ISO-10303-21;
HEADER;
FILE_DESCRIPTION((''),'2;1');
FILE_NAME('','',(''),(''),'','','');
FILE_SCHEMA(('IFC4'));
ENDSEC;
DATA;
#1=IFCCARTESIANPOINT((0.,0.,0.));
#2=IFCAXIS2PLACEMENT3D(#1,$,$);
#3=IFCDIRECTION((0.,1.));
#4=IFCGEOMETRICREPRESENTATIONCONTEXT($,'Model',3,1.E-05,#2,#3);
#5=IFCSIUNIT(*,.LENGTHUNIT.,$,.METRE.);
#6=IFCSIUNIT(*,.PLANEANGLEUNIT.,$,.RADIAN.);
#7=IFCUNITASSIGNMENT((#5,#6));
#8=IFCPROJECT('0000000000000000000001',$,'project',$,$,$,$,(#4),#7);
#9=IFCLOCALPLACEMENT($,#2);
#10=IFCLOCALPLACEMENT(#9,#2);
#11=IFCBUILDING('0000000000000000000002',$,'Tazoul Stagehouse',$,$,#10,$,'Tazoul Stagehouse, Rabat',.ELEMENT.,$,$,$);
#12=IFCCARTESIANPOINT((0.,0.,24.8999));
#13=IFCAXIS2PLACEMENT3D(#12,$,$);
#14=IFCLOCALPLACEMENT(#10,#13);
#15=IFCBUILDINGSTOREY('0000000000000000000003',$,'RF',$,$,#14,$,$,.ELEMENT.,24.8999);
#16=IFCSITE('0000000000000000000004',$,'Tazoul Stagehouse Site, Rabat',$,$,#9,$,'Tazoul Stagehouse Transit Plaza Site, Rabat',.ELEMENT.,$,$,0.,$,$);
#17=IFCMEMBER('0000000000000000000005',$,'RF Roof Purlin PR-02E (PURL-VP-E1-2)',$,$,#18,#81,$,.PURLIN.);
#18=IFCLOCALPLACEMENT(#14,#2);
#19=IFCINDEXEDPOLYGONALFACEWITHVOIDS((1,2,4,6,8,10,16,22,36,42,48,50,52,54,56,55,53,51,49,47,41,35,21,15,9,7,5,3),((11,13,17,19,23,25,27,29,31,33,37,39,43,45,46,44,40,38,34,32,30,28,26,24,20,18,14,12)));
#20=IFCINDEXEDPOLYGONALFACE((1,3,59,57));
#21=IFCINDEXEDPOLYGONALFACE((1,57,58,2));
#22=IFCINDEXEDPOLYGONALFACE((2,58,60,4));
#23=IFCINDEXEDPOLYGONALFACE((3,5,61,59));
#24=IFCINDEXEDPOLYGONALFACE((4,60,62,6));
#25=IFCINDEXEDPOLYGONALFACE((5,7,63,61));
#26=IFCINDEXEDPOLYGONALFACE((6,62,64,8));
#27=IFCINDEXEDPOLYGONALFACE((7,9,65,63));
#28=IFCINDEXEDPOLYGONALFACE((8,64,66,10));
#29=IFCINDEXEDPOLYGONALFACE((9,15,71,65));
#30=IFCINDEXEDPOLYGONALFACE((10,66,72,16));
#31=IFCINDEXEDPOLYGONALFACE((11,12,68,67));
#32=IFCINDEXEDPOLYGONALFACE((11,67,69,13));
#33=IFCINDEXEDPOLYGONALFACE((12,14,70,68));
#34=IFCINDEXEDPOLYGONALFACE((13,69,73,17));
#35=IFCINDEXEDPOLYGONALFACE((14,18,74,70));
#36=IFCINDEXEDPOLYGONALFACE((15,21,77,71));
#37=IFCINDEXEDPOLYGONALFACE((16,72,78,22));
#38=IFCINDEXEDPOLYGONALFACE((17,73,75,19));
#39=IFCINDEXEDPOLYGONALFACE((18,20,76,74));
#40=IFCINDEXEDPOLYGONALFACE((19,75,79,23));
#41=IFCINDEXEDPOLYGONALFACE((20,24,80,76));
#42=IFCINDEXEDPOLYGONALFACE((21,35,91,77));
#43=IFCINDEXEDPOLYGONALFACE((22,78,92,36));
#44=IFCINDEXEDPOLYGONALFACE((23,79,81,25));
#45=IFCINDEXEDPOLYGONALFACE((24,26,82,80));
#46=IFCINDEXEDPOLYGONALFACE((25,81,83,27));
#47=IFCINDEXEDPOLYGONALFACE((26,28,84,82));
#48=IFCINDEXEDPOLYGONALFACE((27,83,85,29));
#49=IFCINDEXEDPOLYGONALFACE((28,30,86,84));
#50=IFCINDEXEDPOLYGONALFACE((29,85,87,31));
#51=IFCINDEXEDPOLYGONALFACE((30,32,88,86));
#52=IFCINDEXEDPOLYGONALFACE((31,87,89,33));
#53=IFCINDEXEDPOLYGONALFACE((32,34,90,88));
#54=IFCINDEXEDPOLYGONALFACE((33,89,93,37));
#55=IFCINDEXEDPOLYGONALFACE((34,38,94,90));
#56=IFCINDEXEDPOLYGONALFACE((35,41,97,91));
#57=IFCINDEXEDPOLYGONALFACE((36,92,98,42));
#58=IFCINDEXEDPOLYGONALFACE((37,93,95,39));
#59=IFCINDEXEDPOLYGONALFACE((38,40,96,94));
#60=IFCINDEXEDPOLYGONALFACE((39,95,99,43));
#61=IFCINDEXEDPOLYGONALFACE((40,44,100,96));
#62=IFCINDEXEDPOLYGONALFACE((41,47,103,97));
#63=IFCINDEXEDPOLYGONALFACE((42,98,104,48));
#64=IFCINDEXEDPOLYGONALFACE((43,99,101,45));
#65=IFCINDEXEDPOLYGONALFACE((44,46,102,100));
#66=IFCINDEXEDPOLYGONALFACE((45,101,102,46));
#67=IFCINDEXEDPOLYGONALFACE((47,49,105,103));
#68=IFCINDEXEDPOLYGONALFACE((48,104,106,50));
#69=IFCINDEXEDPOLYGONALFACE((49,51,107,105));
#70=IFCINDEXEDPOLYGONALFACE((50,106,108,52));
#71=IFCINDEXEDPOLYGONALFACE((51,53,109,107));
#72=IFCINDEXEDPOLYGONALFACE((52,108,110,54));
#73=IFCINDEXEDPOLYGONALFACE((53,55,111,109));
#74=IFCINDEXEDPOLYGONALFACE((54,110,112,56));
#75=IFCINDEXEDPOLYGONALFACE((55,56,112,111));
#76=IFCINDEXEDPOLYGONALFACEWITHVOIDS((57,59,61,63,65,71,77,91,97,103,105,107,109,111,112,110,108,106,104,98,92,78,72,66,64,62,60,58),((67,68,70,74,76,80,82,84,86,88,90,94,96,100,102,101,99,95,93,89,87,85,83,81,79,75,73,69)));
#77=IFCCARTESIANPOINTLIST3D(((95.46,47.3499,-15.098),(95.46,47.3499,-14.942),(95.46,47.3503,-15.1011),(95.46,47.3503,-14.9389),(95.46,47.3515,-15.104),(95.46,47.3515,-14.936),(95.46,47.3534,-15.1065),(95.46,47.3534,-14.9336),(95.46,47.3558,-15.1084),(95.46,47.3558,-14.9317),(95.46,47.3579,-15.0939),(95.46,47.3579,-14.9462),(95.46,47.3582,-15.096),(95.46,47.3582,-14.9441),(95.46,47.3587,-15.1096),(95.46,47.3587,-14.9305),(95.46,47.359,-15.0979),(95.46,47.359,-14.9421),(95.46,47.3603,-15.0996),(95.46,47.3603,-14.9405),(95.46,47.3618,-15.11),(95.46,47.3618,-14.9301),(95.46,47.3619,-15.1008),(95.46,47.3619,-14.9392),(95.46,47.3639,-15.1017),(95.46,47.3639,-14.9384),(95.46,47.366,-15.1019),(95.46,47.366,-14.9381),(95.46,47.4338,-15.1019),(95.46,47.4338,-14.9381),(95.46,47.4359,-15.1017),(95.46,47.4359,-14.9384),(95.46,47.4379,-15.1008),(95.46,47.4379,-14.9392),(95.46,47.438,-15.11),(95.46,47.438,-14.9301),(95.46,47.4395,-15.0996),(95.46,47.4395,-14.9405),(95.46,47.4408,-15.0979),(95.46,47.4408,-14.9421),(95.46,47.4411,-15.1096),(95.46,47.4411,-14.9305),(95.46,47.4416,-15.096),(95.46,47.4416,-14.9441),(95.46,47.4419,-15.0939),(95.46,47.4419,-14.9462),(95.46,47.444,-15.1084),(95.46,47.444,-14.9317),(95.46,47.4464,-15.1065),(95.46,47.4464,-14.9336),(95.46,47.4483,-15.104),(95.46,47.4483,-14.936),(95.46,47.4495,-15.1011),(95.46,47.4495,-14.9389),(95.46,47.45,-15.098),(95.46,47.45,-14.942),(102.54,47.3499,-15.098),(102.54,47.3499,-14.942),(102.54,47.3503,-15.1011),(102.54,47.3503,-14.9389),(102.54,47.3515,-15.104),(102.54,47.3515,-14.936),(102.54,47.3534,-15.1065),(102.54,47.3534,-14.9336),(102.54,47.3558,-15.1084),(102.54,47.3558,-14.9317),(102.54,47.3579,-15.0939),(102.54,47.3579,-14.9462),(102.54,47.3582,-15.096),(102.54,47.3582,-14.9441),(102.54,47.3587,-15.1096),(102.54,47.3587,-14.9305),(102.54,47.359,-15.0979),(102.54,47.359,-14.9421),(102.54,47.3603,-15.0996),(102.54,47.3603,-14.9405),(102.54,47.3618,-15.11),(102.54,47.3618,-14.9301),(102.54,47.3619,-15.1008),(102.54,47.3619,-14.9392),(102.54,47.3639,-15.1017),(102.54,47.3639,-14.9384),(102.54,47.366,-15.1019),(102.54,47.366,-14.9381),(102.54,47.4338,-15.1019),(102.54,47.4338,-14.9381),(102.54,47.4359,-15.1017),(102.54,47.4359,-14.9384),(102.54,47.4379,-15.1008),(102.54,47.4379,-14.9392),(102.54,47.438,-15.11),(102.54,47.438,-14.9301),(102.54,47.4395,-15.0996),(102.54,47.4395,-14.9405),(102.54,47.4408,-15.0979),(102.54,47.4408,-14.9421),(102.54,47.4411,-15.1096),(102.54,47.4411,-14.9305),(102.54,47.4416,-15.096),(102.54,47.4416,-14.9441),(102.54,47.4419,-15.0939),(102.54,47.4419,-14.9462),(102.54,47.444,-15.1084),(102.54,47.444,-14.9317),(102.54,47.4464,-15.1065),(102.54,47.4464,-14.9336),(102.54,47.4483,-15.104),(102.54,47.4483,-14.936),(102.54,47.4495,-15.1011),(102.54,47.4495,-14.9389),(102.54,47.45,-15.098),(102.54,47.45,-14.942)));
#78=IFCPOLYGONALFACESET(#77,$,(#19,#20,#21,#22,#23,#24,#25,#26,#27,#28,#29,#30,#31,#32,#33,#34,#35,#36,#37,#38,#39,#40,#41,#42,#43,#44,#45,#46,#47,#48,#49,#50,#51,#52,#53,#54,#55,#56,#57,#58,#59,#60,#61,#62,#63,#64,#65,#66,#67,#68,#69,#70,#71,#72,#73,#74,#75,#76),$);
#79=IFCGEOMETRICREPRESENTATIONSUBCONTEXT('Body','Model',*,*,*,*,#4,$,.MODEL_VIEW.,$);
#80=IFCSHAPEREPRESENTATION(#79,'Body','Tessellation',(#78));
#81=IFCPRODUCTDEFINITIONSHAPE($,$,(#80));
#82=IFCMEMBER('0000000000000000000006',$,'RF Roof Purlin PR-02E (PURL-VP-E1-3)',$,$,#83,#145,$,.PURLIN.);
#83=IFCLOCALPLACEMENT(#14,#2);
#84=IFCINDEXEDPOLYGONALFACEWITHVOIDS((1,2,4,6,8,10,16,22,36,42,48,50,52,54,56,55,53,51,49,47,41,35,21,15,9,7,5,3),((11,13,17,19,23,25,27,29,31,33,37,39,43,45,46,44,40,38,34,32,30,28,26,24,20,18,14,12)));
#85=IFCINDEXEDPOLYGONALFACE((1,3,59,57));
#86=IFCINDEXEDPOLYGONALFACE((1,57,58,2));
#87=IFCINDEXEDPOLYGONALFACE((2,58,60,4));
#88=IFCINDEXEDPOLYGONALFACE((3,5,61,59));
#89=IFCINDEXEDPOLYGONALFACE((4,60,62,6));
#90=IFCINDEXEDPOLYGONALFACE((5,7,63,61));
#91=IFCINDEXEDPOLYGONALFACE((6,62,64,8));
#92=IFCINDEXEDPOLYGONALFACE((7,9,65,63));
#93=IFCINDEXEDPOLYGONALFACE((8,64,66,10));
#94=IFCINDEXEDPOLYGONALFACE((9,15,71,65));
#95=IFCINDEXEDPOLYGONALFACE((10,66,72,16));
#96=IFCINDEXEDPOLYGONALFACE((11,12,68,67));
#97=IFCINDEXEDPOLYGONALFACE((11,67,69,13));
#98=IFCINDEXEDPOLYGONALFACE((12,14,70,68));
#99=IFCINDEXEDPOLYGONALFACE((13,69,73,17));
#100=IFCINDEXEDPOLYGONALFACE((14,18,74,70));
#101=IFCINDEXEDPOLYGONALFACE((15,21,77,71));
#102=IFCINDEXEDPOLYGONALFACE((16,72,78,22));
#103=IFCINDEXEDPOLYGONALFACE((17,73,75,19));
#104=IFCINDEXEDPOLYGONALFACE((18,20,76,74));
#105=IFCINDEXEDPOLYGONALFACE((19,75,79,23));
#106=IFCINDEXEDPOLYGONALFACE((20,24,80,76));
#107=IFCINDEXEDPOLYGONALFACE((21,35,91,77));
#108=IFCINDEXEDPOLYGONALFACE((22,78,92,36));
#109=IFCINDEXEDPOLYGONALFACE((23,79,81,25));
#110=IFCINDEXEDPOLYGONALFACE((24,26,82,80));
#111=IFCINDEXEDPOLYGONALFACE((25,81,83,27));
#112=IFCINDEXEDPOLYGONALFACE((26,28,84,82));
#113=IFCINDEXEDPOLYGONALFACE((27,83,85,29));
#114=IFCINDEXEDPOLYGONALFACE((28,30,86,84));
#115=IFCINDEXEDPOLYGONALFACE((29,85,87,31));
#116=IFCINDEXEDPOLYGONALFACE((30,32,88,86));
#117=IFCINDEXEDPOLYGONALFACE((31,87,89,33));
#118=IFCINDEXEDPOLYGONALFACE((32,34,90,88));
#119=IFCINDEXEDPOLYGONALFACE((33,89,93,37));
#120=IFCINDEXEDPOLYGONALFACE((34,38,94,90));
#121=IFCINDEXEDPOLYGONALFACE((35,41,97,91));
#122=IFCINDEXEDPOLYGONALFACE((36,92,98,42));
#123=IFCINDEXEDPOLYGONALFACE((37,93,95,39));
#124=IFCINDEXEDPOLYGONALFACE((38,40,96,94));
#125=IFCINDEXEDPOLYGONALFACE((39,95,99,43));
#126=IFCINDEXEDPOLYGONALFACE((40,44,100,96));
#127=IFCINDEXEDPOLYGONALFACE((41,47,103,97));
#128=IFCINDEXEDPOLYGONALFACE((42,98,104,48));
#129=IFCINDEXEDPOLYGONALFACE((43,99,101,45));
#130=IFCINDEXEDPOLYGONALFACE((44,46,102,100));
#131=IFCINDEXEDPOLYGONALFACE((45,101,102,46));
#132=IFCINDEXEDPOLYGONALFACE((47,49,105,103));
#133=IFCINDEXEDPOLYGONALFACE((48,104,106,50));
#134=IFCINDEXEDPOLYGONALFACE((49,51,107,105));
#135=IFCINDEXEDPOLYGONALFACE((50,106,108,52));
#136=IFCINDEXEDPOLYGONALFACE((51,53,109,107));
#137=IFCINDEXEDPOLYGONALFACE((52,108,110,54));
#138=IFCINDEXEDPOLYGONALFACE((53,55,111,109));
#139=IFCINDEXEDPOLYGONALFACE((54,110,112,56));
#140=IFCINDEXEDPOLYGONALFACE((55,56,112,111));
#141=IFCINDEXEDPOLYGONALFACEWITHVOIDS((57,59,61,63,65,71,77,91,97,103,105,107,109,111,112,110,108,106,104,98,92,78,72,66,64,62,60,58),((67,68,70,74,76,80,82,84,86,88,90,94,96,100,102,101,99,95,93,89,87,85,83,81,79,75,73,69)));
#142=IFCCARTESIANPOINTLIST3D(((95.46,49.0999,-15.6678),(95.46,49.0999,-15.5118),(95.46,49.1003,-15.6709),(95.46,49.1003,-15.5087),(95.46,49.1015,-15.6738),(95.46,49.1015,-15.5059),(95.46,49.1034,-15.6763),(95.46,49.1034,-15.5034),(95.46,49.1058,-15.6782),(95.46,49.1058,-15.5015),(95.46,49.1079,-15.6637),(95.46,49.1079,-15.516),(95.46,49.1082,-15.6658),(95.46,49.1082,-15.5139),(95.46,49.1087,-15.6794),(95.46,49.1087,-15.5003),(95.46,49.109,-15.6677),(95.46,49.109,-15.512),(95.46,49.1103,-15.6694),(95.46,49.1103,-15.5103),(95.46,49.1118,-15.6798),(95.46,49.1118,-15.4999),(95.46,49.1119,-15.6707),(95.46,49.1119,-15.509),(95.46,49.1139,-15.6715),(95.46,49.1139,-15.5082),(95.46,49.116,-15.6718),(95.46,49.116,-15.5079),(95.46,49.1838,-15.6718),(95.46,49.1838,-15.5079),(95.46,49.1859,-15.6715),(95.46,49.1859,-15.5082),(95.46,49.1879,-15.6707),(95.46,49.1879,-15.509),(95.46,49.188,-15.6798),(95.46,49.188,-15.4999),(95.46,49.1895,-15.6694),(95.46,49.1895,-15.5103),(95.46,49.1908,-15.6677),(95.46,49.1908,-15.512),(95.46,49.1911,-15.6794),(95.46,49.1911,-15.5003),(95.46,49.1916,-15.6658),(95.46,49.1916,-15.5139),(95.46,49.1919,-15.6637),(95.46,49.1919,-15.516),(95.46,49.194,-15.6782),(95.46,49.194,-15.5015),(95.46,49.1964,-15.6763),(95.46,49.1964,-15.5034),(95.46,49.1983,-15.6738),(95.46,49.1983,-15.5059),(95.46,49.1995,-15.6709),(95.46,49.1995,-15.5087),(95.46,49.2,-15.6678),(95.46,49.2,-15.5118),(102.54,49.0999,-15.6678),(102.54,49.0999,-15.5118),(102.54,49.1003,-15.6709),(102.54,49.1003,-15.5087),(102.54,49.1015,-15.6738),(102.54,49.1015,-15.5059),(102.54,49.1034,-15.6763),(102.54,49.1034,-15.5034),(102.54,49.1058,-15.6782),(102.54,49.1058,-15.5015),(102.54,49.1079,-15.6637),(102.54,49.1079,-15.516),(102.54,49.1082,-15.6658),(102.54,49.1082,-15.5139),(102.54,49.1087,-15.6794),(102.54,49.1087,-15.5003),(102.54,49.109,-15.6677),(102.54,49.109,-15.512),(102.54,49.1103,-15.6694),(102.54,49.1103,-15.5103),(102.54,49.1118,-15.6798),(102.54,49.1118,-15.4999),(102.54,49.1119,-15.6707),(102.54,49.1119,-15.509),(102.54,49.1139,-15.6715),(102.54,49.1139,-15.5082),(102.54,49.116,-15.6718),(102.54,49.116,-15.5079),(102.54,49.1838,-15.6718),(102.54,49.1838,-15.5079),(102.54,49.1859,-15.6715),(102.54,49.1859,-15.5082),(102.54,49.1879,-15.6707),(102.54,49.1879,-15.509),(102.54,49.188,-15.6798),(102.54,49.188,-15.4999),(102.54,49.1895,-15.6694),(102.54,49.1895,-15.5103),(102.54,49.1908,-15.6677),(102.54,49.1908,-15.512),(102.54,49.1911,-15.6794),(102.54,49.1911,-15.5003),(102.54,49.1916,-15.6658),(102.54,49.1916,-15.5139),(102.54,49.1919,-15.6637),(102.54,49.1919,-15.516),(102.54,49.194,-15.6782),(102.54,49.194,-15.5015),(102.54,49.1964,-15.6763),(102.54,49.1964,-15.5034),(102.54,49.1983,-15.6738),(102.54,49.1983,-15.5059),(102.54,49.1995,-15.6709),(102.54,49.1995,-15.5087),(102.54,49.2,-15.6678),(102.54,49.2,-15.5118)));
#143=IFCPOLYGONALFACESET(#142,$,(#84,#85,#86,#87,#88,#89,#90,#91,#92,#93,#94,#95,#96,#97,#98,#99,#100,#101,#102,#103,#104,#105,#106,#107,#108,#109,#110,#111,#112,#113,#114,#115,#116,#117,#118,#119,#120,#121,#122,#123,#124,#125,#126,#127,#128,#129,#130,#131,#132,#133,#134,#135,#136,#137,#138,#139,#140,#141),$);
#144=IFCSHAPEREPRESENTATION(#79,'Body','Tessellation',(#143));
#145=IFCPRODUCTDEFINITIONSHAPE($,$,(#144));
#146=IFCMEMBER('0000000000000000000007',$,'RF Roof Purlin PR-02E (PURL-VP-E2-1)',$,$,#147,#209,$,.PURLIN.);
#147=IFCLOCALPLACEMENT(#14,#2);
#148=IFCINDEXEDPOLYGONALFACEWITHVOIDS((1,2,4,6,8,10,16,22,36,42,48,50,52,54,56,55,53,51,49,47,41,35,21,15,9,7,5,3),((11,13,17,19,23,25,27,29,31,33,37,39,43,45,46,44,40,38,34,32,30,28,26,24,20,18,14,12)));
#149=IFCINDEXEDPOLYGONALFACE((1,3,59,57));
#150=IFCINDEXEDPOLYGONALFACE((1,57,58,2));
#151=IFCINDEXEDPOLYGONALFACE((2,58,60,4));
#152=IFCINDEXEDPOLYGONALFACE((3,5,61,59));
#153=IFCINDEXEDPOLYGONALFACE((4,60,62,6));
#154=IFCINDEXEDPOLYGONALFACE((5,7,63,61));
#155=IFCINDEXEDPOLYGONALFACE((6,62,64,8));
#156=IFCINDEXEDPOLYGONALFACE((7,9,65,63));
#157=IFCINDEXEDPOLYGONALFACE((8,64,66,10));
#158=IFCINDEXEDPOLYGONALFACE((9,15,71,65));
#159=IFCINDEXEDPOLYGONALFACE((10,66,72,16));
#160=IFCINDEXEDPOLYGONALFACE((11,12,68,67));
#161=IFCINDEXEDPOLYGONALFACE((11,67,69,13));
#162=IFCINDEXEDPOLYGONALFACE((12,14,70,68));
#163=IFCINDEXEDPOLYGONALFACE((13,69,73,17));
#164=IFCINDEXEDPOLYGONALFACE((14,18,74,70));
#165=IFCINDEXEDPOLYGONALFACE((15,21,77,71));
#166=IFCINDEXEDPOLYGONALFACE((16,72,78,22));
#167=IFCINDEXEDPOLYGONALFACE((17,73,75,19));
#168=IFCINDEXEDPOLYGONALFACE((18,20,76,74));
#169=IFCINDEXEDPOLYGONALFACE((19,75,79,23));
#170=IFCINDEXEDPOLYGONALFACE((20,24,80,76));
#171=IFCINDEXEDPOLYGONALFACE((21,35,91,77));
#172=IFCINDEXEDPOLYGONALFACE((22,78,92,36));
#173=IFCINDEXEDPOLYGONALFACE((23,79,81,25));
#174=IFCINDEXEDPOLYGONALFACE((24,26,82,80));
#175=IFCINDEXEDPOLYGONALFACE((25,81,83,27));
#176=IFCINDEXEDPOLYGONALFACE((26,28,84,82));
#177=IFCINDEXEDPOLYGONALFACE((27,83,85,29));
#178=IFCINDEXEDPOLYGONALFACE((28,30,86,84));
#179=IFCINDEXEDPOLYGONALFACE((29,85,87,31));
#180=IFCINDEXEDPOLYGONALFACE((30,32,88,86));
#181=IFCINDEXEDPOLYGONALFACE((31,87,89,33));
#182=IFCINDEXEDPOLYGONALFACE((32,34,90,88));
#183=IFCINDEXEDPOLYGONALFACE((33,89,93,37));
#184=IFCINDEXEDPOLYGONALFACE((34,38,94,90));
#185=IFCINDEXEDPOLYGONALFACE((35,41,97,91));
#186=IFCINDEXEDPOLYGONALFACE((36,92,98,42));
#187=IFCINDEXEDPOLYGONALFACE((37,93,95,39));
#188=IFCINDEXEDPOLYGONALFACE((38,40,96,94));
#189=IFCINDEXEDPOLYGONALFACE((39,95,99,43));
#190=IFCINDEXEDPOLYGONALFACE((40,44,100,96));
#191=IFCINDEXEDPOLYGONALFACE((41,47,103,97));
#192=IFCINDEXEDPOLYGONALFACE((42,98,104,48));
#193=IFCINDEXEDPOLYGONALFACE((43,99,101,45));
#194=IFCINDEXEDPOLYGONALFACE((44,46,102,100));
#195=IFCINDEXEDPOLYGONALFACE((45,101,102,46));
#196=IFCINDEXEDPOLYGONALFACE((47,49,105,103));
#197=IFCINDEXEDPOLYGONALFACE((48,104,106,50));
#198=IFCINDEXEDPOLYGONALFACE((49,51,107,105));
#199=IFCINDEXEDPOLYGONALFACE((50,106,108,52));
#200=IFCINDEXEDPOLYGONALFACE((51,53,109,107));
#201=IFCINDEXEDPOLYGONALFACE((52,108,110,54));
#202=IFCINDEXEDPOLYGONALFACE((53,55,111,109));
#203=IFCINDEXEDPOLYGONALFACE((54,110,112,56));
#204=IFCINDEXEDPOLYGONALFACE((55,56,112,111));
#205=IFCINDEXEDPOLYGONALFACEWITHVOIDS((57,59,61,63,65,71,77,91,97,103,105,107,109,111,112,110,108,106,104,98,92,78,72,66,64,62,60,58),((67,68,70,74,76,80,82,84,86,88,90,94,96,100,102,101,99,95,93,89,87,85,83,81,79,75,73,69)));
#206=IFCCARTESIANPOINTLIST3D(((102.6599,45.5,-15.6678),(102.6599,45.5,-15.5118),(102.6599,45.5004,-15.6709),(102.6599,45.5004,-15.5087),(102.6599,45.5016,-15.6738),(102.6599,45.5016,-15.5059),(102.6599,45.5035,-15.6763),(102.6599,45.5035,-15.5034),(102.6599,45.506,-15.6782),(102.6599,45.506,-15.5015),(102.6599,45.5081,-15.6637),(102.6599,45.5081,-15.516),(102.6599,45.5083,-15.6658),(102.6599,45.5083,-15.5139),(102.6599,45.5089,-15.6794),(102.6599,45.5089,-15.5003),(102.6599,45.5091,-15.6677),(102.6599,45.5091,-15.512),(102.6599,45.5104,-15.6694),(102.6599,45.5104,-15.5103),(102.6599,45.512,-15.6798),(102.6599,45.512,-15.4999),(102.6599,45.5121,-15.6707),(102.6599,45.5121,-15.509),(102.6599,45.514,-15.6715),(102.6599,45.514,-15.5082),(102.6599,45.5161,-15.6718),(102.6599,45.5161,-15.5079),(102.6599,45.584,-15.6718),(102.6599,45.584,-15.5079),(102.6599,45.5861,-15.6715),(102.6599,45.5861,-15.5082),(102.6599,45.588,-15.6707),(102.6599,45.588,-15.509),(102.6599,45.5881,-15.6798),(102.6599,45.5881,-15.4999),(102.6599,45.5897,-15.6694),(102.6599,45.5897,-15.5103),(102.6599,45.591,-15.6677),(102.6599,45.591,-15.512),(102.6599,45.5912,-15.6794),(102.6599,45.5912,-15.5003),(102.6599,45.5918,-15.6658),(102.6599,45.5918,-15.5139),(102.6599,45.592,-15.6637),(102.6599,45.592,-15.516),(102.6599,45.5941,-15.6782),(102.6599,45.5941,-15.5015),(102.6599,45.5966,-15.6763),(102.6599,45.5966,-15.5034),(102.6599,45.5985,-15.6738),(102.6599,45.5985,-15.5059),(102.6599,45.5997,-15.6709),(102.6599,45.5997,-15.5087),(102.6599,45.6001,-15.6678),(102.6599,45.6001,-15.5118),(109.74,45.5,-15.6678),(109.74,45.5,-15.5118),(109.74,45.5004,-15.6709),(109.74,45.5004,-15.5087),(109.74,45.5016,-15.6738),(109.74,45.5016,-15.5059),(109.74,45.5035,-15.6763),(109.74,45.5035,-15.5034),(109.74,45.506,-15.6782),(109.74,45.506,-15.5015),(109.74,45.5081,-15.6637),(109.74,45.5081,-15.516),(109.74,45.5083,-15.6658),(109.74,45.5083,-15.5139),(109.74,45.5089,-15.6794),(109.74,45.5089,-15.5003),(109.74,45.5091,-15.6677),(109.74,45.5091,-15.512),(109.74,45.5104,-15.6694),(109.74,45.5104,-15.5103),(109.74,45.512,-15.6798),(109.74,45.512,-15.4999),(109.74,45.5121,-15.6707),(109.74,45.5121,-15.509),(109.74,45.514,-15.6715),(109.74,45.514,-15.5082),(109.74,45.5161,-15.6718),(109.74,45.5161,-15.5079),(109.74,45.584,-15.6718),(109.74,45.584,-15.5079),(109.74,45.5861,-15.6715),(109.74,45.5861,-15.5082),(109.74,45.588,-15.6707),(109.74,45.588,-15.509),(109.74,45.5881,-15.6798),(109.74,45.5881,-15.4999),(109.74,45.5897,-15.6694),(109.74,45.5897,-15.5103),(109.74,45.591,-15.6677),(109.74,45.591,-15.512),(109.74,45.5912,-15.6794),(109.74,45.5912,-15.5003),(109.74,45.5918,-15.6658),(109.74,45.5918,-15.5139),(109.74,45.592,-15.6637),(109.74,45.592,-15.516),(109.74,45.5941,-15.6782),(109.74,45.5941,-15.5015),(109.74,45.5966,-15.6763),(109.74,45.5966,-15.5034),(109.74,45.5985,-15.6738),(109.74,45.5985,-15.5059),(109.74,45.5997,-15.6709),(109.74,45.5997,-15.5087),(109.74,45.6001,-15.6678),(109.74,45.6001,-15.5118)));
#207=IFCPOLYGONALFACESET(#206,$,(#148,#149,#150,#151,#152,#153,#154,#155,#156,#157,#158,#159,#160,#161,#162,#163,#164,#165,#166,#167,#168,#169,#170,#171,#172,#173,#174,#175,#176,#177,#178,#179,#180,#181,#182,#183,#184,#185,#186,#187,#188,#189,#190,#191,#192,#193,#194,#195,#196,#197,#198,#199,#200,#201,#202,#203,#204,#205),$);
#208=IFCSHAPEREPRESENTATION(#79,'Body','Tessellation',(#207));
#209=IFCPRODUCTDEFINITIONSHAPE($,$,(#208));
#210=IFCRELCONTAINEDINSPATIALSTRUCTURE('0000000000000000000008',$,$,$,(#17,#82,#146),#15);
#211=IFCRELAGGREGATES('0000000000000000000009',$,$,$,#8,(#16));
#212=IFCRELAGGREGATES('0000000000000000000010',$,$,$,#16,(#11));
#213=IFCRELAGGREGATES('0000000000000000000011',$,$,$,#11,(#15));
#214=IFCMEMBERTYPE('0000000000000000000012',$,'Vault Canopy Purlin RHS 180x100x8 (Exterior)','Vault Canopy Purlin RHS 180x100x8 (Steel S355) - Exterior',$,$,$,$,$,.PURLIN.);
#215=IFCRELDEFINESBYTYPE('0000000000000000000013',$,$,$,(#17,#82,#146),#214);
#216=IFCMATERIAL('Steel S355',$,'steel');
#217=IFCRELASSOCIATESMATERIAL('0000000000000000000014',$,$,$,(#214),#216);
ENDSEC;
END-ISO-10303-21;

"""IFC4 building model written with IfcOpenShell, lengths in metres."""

from ifc_helpers import new_model, si_unit, direction, frame, origin, origin_2d, place, context, subcontext, project, spatial, hollow_rectangle, extrude, material, material_profile, profile_set, type_object, element, save


model = new_model("IFC4")

# Units and contexts
model_context = context("Model", 3, precision=1e-05, world=origin(), true_north=direction((0.0, 1.0)))
body_context = subcontext(model_context, "Body", "Model", "MODEL_VIEW")
ifc_project = project(units=[si_unit("LENGTHUNIT", "METRE"), si_unit("PLANEANGLEUNIT", "RADIAN")], contexts=[model_context])

# Site, building, storey
site_placement = place(None, origin())
site = spatial("IfcSite", under=ifc_project, at=site_placement, Name="Tazoul Stagehouse Site, Rabat", LongName="Tazoul Stagehouse Transit Plaza Site, Rabat", CompositionType="ELEMENT", RefElevation=0.0)
building_placement = place(site_placement, origin())
building = spatial("IfcBuilding", under=site, at=building_placement, Name="Tazoul Stagehouse", LongName="Tazoul Stagehouse, Rabat", CompositionType="ELEMENT")
storey_placement = place(building_placement, frame((0.0, 0.0, 24.8999)))
storey = spatial("IfcBuildingStorey", under=building, at=storey_placement, Name="RF", CompositionType="ELEMENT", Elevation=24.8999)

# Shared definitions
ifc_material_1 = material(Name="Steel S355", Category="steel")

# Members
ifc_material_profile_1 = material_profile(ifc_material_1, hollow_rectangle(XDim=0.1001, YDim=0.1799, WallThickness=0.0081, InnerFilletRadius=0.0081, OuterFilletRadius=0.012, at=origin_2d()), Name="RHS 180x100x8")
ifc_profile_set_1 = profile_set([ifc_material_profile_1], Name="Steel S355")
member_type = type_object("IfcMemberType", Name="Vault Canopy Purlin RHS 180x100x8 (Exterior)", Description="Vault Canopy Purlin RHS 180x100x8 (Steel S355) - Exterior", PredefinedType="PURLIN", material=ifc_profile_set_1)
for number, where, z_axis, x_axis, name in (
    (1, (95.46, 47.3999, -15.02), (1.0, 0.0, 0.0), (0.0, 1.0, 0.0), "RF Roof Purlin PR-02E (PURL-VP-E1-2)"),
    (2, (95.46, 49.1499, -15.5898), (1.0, 0.0, 0.0), (0.0, 1.0, 0.0), "RF Roof Purlin PR-02E (PURL-VP-E1-3)"),
    (3, (102.6599, 45.55, -15.5898), (1.0, 0.0, 0.0), (0.0, 1.0, 0.0), "RF Roof Purlin PR-02E (PURL-VP-E2-1)"),
):
    element("IfcMember", number, at=place(storey_placement, frame(where, z_axis=z_axis, x_axis=x_axis)), inside=storey, type_object=member_type, Name=name, PredefinedType="PURLIN", context=body_context, shape_type="SweptSolid", body=[
        extrude(hollow_rectangle(XDim=0.1001, YDim=0.1799, WallThickness=0.0081, InnerFilletRadius=0.0081, OuterFilletRadius=0.012, at=origin_2d()), origin(), (0.0, 0.0, 1.0), 7.0801),
    ])

save(model, "model.ifc")
